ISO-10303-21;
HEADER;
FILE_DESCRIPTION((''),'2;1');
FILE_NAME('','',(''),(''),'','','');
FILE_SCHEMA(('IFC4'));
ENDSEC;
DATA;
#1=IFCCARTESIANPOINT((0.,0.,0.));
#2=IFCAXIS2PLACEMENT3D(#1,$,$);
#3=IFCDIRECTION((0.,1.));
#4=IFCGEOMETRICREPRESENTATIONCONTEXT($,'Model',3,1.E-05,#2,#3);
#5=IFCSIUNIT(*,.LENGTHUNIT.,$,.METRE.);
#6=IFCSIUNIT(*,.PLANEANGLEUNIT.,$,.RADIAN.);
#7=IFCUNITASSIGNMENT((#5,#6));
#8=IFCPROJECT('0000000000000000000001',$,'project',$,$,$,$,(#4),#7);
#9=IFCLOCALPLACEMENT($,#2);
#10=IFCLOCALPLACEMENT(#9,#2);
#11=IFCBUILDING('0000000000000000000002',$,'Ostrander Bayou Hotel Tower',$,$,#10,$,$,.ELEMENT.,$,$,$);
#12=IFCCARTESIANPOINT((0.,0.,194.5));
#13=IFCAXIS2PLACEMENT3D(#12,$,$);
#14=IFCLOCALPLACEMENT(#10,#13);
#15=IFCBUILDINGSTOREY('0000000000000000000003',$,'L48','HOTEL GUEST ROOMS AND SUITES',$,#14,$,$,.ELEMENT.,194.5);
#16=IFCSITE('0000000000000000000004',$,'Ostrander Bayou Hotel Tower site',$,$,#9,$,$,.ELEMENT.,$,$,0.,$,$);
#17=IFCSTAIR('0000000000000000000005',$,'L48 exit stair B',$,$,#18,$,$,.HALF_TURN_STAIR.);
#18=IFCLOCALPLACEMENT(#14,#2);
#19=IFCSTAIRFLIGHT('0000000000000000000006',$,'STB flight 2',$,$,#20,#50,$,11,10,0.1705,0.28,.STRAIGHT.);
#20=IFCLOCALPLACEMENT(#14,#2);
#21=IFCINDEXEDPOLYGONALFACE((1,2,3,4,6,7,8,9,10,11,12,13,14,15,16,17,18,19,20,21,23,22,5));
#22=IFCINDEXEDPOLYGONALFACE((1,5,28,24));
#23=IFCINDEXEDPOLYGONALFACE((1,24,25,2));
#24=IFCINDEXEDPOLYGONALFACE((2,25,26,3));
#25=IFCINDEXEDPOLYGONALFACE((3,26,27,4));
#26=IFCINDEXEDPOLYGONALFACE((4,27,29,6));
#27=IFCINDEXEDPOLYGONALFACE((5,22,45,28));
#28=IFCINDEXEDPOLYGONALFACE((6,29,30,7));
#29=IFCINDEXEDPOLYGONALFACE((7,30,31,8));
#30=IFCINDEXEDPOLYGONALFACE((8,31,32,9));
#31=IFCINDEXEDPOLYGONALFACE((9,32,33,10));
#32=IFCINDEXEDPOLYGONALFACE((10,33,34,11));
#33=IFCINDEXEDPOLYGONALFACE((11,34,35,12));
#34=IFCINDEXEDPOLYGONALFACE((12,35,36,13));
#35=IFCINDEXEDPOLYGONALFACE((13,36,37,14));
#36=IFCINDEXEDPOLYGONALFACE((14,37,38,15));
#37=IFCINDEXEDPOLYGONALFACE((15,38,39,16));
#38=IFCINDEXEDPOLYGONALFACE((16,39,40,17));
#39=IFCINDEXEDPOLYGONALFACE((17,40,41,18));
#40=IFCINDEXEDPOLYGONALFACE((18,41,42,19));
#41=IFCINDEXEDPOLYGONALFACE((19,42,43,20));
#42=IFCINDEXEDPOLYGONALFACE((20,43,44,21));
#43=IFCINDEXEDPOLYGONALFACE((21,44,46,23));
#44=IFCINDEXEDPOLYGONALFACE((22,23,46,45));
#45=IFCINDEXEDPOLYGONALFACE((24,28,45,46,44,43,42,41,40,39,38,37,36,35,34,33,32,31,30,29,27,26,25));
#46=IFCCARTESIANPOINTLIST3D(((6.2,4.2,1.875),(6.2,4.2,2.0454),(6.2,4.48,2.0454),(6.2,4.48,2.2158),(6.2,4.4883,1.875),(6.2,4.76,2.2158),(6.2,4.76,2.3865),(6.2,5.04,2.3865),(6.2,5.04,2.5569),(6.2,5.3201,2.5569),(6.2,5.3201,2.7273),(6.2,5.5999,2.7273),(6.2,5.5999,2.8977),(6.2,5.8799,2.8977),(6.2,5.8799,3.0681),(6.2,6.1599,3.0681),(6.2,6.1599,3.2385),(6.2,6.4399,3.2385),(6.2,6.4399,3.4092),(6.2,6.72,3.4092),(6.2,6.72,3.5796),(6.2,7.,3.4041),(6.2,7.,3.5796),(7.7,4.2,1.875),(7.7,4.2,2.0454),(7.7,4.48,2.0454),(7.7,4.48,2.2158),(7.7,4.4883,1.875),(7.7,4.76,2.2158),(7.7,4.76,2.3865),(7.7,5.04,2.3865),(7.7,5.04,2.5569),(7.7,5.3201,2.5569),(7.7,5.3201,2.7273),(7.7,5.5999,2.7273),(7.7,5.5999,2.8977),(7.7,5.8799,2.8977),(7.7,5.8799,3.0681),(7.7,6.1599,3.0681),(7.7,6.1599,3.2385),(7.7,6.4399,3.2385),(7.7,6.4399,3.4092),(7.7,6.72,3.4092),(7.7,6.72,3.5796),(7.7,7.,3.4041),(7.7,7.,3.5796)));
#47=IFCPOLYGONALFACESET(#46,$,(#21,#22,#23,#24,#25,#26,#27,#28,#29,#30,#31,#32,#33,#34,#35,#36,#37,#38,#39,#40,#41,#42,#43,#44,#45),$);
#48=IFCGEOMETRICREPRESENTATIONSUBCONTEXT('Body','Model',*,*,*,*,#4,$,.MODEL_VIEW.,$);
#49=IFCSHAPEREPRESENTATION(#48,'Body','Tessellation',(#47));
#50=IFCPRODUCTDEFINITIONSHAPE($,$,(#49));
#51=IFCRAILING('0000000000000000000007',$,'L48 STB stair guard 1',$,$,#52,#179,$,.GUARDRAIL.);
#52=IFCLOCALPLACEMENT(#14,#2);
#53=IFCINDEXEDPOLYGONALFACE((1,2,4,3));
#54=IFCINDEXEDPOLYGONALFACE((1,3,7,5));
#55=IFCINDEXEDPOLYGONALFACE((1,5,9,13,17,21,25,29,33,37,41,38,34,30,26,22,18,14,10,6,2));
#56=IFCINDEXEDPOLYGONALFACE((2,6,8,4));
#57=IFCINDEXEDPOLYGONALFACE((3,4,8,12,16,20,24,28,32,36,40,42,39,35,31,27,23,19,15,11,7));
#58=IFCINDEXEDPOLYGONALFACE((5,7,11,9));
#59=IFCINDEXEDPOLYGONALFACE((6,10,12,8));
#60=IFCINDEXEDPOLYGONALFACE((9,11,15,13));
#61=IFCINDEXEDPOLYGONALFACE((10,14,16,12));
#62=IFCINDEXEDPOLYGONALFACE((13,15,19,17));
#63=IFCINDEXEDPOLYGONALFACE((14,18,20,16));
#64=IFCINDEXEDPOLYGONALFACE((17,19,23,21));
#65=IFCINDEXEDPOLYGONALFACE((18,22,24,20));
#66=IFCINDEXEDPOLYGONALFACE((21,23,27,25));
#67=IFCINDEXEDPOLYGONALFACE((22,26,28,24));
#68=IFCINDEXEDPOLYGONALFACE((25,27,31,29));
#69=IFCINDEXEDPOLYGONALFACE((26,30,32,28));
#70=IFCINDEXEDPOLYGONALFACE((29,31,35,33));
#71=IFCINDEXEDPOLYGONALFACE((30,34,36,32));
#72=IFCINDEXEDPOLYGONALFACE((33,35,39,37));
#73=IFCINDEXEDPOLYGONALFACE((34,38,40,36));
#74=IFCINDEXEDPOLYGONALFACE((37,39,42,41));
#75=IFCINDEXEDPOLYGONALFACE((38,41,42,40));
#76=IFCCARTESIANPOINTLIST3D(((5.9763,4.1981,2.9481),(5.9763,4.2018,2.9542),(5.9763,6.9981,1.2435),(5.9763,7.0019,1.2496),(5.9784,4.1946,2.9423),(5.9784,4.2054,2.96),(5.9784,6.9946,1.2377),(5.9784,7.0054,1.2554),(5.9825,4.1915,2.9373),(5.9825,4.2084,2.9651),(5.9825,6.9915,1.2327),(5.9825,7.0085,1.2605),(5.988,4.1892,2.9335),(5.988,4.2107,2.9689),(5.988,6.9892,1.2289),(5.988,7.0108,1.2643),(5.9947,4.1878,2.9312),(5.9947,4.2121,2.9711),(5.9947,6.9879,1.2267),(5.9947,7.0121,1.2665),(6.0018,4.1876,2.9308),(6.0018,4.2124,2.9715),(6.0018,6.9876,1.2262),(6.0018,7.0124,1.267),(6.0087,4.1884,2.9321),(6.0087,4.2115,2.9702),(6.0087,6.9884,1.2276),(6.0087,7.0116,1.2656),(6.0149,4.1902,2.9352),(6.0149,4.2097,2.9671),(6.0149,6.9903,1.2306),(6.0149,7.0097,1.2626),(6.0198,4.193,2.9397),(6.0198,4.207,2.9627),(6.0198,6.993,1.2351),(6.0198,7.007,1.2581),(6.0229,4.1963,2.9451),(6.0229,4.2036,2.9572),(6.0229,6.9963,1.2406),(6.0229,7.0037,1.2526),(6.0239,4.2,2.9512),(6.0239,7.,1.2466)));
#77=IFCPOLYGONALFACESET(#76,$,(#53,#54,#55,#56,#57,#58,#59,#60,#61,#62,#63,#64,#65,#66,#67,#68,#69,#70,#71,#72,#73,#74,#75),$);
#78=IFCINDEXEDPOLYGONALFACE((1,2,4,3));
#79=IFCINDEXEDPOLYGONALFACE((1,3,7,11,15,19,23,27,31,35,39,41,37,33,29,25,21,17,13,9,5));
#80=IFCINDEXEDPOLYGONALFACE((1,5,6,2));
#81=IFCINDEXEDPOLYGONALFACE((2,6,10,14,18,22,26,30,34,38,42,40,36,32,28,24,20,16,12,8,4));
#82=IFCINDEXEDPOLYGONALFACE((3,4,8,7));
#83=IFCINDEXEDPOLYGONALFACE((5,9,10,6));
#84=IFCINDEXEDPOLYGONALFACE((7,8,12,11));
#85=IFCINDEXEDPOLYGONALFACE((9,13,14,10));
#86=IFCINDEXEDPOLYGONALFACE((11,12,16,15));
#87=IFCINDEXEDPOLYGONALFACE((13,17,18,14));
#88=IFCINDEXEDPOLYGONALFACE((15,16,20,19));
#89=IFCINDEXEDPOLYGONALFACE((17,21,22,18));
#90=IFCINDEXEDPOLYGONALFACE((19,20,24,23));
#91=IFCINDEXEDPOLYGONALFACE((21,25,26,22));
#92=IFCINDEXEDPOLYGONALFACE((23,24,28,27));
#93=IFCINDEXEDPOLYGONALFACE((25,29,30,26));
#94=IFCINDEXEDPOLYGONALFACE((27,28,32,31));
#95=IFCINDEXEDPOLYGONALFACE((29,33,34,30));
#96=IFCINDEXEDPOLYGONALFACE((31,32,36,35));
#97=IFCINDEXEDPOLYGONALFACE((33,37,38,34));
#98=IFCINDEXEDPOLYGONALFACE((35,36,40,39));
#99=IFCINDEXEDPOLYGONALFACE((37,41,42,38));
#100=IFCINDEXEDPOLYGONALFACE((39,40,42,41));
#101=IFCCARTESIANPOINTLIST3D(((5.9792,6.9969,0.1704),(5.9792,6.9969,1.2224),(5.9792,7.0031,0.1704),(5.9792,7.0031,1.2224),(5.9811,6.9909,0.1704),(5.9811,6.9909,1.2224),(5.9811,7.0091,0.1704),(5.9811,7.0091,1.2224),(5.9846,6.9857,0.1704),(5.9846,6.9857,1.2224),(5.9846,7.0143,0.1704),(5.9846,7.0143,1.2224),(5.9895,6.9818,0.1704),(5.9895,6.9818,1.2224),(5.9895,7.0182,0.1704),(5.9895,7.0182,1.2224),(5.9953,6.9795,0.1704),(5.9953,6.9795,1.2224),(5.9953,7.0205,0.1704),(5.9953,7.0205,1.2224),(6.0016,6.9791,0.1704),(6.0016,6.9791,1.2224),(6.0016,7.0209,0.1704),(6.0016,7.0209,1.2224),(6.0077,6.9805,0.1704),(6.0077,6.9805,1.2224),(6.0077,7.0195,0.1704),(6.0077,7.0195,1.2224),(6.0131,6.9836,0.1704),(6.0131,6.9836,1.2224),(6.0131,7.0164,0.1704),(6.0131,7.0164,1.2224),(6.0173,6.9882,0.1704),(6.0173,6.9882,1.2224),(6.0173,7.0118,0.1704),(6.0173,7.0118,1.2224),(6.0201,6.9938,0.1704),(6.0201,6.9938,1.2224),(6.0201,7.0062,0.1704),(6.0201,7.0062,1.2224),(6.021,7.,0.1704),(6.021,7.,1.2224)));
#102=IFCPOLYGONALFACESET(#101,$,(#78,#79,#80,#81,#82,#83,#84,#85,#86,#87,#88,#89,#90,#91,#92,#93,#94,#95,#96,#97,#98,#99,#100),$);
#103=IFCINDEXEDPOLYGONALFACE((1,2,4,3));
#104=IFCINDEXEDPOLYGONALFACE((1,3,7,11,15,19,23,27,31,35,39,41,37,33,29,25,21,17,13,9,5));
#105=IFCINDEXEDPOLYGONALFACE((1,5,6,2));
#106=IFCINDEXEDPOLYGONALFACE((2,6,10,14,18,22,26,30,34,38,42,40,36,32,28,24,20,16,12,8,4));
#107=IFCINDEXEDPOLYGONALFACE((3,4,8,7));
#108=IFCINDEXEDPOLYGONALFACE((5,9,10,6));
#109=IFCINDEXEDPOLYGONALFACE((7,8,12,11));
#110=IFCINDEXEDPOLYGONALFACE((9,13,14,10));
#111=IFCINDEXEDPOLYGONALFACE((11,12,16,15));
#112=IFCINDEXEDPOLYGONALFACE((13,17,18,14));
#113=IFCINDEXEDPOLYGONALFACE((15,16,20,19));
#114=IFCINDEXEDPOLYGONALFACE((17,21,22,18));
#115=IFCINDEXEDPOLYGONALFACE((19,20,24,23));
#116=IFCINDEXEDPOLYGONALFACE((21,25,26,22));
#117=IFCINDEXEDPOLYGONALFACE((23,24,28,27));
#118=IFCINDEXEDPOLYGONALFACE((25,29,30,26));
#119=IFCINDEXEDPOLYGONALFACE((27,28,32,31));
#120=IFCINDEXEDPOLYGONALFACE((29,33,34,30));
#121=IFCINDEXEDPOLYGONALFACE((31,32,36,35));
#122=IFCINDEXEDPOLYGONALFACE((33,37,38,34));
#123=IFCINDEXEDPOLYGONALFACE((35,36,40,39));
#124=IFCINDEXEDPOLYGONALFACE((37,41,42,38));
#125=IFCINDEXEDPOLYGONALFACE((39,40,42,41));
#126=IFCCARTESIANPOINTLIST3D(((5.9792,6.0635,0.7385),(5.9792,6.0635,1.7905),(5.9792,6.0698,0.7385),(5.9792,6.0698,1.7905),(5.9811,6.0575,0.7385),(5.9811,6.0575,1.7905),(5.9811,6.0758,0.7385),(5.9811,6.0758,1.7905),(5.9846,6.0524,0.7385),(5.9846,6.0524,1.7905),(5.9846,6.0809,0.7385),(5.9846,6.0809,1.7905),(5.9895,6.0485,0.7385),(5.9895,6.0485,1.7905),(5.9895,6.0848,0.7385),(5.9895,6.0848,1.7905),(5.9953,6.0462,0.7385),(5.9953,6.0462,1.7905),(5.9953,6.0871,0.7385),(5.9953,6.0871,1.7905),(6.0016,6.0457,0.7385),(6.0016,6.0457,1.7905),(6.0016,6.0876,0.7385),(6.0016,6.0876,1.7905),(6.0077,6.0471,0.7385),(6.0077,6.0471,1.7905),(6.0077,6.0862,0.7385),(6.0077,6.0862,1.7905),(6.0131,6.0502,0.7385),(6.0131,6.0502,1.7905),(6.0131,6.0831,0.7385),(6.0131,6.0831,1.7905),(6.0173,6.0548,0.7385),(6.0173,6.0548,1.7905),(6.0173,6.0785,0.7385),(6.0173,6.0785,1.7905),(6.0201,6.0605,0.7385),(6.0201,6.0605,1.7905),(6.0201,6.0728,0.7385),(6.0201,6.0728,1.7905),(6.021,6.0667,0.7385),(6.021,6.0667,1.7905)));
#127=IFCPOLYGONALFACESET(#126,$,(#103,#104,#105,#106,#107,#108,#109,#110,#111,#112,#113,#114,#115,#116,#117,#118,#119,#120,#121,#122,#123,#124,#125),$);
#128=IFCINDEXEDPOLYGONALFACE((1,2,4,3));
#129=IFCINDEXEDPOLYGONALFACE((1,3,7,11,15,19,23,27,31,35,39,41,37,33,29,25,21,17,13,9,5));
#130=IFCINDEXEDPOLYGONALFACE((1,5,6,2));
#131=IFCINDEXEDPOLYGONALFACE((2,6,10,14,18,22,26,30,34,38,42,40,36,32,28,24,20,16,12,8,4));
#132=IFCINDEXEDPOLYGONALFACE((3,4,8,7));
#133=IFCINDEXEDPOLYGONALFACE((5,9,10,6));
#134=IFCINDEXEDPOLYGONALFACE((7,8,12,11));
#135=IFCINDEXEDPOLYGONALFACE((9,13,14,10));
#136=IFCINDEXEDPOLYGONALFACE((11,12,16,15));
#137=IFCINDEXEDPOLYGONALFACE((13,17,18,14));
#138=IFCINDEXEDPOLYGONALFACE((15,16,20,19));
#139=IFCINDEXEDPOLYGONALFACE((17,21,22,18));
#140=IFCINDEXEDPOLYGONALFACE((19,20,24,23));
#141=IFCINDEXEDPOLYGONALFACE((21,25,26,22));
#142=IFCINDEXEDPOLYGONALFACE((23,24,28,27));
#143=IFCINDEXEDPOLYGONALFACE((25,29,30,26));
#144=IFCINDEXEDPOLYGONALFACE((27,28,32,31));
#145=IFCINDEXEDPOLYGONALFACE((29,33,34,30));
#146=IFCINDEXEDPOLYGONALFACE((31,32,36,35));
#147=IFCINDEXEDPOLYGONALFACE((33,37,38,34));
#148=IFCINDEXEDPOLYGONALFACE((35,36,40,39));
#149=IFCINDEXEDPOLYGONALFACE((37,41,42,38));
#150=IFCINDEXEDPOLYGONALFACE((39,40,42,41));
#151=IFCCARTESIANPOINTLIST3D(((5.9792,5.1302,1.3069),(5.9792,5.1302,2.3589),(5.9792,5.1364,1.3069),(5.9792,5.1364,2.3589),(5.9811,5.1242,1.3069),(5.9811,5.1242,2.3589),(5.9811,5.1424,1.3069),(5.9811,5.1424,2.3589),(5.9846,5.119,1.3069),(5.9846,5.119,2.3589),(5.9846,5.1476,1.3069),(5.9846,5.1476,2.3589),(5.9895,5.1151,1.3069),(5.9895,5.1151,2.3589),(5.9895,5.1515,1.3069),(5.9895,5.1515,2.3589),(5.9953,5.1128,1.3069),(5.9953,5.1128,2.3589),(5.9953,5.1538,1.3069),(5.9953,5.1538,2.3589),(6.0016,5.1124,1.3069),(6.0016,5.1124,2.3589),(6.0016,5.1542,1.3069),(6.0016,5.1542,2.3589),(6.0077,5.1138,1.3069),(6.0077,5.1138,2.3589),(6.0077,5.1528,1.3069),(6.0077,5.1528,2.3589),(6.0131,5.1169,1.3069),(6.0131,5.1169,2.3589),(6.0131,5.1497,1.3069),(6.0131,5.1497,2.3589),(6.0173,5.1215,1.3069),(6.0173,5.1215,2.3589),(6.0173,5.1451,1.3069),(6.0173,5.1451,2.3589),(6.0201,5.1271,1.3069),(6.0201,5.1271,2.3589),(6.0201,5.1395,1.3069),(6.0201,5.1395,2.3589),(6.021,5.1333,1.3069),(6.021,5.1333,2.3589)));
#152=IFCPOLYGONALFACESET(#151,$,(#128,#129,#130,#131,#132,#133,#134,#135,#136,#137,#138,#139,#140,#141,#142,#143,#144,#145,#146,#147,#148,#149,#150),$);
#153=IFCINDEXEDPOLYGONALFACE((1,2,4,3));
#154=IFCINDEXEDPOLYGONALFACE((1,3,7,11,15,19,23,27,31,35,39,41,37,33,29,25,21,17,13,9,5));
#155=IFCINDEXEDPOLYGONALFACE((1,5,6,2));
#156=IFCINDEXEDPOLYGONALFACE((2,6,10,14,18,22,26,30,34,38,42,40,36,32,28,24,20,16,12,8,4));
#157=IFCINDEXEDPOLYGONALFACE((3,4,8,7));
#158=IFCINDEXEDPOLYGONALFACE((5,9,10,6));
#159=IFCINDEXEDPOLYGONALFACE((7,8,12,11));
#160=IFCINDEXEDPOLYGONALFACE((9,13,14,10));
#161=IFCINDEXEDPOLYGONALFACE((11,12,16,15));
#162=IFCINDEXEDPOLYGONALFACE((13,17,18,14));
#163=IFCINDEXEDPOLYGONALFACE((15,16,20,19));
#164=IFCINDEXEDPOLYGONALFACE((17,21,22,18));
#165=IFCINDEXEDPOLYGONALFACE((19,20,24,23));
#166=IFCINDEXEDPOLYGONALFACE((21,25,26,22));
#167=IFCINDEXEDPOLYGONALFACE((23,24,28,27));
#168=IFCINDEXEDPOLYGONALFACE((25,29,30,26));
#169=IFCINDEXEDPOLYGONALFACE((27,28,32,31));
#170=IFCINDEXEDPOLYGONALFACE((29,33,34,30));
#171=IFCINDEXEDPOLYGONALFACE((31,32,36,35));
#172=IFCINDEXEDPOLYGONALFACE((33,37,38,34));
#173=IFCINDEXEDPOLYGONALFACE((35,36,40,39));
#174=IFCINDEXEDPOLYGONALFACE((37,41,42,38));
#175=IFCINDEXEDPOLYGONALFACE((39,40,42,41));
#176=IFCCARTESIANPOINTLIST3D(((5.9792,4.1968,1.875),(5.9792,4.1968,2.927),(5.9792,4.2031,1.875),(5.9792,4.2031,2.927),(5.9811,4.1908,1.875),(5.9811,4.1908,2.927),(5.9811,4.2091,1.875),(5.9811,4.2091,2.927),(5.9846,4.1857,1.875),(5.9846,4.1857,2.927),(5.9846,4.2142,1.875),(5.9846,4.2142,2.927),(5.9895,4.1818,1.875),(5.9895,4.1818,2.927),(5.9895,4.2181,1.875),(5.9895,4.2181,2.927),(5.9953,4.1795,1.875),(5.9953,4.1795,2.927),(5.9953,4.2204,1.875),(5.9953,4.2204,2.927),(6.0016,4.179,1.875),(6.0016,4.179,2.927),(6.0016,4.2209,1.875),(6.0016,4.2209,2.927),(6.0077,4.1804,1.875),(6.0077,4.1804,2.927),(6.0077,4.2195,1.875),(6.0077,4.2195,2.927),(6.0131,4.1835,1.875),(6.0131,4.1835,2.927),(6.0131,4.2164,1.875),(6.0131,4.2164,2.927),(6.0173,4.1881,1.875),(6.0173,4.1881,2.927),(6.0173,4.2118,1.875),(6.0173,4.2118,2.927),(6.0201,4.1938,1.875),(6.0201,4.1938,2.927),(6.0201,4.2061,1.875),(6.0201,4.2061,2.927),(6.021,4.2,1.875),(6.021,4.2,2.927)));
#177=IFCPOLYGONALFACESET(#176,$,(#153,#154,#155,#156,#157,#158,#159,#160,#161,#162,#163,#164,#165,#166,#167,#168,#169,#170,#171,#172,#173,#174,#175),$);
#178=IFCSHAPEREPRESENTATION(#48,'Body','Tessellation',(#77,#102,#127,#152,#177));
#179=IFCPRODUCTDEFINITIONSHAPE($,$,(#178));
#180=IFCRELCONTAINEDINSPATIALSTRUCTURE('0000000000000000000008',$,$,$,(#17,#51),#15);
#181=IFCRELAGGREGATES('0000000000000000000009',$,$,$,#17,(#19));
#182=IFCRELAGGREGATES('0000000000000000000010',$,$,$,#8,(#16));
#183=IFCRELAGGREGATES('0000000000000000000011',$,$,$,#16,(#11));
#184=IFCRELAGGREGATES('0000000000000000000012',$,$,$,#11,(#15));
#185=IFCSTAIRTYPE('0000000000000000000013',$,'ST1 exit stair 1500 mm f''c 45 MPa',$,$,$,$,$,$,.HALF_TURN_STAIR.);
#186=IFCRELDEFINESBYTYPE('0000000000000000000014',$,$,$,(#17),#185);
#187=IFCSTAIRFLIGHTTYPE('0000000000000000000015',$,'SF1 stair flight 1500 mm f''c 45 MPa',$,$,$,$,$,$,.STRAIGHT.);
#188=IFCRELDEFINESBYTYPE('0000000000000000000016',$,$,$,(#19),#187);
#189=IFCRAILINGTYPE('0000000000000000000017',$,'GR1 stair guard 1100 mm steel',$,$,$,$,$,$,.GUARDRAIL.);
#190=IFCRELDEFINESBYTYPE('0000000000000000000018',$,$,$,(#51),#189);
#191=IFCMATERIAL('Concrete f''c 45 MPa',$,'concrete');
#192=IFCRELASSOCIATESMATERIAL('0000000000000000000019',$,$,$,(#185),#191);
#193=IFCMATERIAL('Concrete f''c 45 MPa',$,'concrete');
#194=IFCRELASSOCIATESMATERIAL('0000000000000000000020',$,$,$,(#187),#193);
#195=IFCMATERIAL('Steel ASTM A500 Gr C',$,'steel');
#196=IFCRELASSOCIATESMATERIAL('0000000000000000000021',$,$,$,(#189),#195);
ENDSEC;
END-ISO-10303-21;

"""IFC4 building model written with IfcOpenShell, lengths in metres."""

from ifc_helpers import new_model, si_unit, direction, frame, origin, origin_2d, place, context, subcontext, project, spatial, polyline, circle, outline, extrude, material, type_object, element, aggregate, save


model = new_model("IFC4")

# Units and contexts
model_context = context("Model", 3, precision=1e-05, world=origin(), true_north=direction((0.0, 1.0)))
body_context = subcontext(model_context, "Body", "Model", "MODEL_VIEW")
ifc_project = project(units=[si_unit("LENGTHUNIT", "METRE"), si_unit("PLANEANGLEUNIT", "RADIAN")], contexts=[model_context])

# Site, building, storey
site_placement = place(None, origin())
site = spatial("IfcSite", under=ifc_project, at=site_placement, Name="Ostrander Bayou Hotel Tower site", CompositionType="ELEMENT", RefElevation=0.0)
building_placement = place(site_placement, origin())
building = spatial("IfcBuilding", under=site, at=building_placement, Name="Ostrander Bayou Hotel Tower", CompositionType="ELEMENT")
storey_placement = place(building_placement, frame((0.0, 0.0, 194.5)))
storey = spatial("IfcBuildingStorey", under=building, at=storey_placement, Name="L48", Description="HOTEL GUEST ROOMS AND SUITES", CompositionType="ELEMENT", Elevation=194.5)

# Stair, stair flight
ifc_material_1 = material(Name="Concrete f'c 45 MPa", Category="concrete")
stair_type = type_object("IfcStairType", Name="ST1 exit stair 1500 mm f'c 45 MPa", PredefinedType="HALF_TURN_STAIR", material=ifc_material_1)
stair_placement = place(storey_placement, origin())
stair = element("IfcStair", 1, at=stair_placement, inside=storey, type_object=stair_type, Name="L48 exit stair B", PredefinedType="HALF_TURN_STAIR")
ifc_material_2 = material(Name="Concrete f'c 45 MPa", Category="concrete")
stair_flight_type = type_object("IfcStairFlightType", Name="SF1 stair flight 1500 mm f'c 45 MPa", PredefinedType="STRAIGHT", material=ifc_material_2)
stair_flight_1_placement = place(storey_placement, frame((6.95, 4.2, 1.875), z_axis=(0.0, 0.0, 1.0), x_axis=(0.0, 1.0, 0.0)))
stair_flight_1 = element("IfcStairFlight", 2, at=stair_flight_1_placement, type_object=stair_flight_type, Name="STB flight 2", NumberOfRisers=11, NumberOfTreads=10, PredefinedType="STRAIGHT", RiserHeight=0.1705, TreadLength=0.28, context=body_context, shape_type="SweptSolid", body=[
    extrude(outline(polyline([(0.0, 0.0), (0.0, 0.1704), (0.28, 0.1704), (0.28, 0.3408), (0.5601, 0.3408), (0.5601, 0.5115), (0.8401, 0.5115), (0.8401, 0.6819), (1.1201, 0.6819), (1.1201, 0.8523), (1.3999, 0.8523), (1.3999, 1.0227), (1.6799, 1.0227), (1.6799, 1.1931), (1.96, 1.1931), (1.96, 1.3635), (2.24, 1.3635), (2.24, 1.5342), (2.52, 1.5342), (2.52, 1.7046), (2.8, 1.7046), (2.8, 1.875), (2.8, 1.5291), (0.2883, 0.0), (0.0, 0.0)])), frame((0.0, 0.75, 0.0), z_axis=(0.0, -1.0, 0.0), x_axis=(1.0, 0.0, 0.0)), (0.0, 0.0, 1.0), 1.5),
])
aggregate(stair, [stair_flight_1])

# Railing
ifc_material_3 = material(Name="Steel ASTM A500 Gr C", Category="steel")
railing_type_1 = type_object("IfcRailingType", Name="GR1 stair guard 1100 mm steel", PredefinedType="GUARDRAIL", material=ifc_material_3)
railing_1_placement = place(storey_placement, frame((6.0, 7.0, 0.1704)))
element("IfcRailing", 3, at=railing_1_placement, inside=storey, type_object=railing_type_1, Name="L48 STB stair guard 1", PredefinedType="GUARDRAIL", context=body_context, shape_type="SweptSolid", body=[
    extrude(circle(Radius=0.0239, at=origin_2d()), frame((0.0, 0.0, 1.0762), z_axis=(0.0, -0.85417, 0.519994), x_axis=(1.0, 0.0, 0.0)), (0.0, 0.0, 1.0), 3.2781),
    extrude(circle(Radius=0.021, at=origin_2d()), origin(), (0.0, 0.0, 1.0), 1.052),
    extrude(circle(Radius=0.021, at=origin_2d()), frame((0.0, -0.9333, 0.5681)), (0.0, 0.0, 1.0), 1.052),
    extrude(circle(Radius=0.021, at=origin_2d()), frame((0.0, -1.8667, 1.1365)), (0.0, 0.0, 1.0), 1.052),
    extrude(circle(Radius=0.021, at=origin_2d()), frame((0.0, -2.8, 1.7046)), (0.0, 0.0, 1.0), 1.052),
])

save(model, "model.ifc")
